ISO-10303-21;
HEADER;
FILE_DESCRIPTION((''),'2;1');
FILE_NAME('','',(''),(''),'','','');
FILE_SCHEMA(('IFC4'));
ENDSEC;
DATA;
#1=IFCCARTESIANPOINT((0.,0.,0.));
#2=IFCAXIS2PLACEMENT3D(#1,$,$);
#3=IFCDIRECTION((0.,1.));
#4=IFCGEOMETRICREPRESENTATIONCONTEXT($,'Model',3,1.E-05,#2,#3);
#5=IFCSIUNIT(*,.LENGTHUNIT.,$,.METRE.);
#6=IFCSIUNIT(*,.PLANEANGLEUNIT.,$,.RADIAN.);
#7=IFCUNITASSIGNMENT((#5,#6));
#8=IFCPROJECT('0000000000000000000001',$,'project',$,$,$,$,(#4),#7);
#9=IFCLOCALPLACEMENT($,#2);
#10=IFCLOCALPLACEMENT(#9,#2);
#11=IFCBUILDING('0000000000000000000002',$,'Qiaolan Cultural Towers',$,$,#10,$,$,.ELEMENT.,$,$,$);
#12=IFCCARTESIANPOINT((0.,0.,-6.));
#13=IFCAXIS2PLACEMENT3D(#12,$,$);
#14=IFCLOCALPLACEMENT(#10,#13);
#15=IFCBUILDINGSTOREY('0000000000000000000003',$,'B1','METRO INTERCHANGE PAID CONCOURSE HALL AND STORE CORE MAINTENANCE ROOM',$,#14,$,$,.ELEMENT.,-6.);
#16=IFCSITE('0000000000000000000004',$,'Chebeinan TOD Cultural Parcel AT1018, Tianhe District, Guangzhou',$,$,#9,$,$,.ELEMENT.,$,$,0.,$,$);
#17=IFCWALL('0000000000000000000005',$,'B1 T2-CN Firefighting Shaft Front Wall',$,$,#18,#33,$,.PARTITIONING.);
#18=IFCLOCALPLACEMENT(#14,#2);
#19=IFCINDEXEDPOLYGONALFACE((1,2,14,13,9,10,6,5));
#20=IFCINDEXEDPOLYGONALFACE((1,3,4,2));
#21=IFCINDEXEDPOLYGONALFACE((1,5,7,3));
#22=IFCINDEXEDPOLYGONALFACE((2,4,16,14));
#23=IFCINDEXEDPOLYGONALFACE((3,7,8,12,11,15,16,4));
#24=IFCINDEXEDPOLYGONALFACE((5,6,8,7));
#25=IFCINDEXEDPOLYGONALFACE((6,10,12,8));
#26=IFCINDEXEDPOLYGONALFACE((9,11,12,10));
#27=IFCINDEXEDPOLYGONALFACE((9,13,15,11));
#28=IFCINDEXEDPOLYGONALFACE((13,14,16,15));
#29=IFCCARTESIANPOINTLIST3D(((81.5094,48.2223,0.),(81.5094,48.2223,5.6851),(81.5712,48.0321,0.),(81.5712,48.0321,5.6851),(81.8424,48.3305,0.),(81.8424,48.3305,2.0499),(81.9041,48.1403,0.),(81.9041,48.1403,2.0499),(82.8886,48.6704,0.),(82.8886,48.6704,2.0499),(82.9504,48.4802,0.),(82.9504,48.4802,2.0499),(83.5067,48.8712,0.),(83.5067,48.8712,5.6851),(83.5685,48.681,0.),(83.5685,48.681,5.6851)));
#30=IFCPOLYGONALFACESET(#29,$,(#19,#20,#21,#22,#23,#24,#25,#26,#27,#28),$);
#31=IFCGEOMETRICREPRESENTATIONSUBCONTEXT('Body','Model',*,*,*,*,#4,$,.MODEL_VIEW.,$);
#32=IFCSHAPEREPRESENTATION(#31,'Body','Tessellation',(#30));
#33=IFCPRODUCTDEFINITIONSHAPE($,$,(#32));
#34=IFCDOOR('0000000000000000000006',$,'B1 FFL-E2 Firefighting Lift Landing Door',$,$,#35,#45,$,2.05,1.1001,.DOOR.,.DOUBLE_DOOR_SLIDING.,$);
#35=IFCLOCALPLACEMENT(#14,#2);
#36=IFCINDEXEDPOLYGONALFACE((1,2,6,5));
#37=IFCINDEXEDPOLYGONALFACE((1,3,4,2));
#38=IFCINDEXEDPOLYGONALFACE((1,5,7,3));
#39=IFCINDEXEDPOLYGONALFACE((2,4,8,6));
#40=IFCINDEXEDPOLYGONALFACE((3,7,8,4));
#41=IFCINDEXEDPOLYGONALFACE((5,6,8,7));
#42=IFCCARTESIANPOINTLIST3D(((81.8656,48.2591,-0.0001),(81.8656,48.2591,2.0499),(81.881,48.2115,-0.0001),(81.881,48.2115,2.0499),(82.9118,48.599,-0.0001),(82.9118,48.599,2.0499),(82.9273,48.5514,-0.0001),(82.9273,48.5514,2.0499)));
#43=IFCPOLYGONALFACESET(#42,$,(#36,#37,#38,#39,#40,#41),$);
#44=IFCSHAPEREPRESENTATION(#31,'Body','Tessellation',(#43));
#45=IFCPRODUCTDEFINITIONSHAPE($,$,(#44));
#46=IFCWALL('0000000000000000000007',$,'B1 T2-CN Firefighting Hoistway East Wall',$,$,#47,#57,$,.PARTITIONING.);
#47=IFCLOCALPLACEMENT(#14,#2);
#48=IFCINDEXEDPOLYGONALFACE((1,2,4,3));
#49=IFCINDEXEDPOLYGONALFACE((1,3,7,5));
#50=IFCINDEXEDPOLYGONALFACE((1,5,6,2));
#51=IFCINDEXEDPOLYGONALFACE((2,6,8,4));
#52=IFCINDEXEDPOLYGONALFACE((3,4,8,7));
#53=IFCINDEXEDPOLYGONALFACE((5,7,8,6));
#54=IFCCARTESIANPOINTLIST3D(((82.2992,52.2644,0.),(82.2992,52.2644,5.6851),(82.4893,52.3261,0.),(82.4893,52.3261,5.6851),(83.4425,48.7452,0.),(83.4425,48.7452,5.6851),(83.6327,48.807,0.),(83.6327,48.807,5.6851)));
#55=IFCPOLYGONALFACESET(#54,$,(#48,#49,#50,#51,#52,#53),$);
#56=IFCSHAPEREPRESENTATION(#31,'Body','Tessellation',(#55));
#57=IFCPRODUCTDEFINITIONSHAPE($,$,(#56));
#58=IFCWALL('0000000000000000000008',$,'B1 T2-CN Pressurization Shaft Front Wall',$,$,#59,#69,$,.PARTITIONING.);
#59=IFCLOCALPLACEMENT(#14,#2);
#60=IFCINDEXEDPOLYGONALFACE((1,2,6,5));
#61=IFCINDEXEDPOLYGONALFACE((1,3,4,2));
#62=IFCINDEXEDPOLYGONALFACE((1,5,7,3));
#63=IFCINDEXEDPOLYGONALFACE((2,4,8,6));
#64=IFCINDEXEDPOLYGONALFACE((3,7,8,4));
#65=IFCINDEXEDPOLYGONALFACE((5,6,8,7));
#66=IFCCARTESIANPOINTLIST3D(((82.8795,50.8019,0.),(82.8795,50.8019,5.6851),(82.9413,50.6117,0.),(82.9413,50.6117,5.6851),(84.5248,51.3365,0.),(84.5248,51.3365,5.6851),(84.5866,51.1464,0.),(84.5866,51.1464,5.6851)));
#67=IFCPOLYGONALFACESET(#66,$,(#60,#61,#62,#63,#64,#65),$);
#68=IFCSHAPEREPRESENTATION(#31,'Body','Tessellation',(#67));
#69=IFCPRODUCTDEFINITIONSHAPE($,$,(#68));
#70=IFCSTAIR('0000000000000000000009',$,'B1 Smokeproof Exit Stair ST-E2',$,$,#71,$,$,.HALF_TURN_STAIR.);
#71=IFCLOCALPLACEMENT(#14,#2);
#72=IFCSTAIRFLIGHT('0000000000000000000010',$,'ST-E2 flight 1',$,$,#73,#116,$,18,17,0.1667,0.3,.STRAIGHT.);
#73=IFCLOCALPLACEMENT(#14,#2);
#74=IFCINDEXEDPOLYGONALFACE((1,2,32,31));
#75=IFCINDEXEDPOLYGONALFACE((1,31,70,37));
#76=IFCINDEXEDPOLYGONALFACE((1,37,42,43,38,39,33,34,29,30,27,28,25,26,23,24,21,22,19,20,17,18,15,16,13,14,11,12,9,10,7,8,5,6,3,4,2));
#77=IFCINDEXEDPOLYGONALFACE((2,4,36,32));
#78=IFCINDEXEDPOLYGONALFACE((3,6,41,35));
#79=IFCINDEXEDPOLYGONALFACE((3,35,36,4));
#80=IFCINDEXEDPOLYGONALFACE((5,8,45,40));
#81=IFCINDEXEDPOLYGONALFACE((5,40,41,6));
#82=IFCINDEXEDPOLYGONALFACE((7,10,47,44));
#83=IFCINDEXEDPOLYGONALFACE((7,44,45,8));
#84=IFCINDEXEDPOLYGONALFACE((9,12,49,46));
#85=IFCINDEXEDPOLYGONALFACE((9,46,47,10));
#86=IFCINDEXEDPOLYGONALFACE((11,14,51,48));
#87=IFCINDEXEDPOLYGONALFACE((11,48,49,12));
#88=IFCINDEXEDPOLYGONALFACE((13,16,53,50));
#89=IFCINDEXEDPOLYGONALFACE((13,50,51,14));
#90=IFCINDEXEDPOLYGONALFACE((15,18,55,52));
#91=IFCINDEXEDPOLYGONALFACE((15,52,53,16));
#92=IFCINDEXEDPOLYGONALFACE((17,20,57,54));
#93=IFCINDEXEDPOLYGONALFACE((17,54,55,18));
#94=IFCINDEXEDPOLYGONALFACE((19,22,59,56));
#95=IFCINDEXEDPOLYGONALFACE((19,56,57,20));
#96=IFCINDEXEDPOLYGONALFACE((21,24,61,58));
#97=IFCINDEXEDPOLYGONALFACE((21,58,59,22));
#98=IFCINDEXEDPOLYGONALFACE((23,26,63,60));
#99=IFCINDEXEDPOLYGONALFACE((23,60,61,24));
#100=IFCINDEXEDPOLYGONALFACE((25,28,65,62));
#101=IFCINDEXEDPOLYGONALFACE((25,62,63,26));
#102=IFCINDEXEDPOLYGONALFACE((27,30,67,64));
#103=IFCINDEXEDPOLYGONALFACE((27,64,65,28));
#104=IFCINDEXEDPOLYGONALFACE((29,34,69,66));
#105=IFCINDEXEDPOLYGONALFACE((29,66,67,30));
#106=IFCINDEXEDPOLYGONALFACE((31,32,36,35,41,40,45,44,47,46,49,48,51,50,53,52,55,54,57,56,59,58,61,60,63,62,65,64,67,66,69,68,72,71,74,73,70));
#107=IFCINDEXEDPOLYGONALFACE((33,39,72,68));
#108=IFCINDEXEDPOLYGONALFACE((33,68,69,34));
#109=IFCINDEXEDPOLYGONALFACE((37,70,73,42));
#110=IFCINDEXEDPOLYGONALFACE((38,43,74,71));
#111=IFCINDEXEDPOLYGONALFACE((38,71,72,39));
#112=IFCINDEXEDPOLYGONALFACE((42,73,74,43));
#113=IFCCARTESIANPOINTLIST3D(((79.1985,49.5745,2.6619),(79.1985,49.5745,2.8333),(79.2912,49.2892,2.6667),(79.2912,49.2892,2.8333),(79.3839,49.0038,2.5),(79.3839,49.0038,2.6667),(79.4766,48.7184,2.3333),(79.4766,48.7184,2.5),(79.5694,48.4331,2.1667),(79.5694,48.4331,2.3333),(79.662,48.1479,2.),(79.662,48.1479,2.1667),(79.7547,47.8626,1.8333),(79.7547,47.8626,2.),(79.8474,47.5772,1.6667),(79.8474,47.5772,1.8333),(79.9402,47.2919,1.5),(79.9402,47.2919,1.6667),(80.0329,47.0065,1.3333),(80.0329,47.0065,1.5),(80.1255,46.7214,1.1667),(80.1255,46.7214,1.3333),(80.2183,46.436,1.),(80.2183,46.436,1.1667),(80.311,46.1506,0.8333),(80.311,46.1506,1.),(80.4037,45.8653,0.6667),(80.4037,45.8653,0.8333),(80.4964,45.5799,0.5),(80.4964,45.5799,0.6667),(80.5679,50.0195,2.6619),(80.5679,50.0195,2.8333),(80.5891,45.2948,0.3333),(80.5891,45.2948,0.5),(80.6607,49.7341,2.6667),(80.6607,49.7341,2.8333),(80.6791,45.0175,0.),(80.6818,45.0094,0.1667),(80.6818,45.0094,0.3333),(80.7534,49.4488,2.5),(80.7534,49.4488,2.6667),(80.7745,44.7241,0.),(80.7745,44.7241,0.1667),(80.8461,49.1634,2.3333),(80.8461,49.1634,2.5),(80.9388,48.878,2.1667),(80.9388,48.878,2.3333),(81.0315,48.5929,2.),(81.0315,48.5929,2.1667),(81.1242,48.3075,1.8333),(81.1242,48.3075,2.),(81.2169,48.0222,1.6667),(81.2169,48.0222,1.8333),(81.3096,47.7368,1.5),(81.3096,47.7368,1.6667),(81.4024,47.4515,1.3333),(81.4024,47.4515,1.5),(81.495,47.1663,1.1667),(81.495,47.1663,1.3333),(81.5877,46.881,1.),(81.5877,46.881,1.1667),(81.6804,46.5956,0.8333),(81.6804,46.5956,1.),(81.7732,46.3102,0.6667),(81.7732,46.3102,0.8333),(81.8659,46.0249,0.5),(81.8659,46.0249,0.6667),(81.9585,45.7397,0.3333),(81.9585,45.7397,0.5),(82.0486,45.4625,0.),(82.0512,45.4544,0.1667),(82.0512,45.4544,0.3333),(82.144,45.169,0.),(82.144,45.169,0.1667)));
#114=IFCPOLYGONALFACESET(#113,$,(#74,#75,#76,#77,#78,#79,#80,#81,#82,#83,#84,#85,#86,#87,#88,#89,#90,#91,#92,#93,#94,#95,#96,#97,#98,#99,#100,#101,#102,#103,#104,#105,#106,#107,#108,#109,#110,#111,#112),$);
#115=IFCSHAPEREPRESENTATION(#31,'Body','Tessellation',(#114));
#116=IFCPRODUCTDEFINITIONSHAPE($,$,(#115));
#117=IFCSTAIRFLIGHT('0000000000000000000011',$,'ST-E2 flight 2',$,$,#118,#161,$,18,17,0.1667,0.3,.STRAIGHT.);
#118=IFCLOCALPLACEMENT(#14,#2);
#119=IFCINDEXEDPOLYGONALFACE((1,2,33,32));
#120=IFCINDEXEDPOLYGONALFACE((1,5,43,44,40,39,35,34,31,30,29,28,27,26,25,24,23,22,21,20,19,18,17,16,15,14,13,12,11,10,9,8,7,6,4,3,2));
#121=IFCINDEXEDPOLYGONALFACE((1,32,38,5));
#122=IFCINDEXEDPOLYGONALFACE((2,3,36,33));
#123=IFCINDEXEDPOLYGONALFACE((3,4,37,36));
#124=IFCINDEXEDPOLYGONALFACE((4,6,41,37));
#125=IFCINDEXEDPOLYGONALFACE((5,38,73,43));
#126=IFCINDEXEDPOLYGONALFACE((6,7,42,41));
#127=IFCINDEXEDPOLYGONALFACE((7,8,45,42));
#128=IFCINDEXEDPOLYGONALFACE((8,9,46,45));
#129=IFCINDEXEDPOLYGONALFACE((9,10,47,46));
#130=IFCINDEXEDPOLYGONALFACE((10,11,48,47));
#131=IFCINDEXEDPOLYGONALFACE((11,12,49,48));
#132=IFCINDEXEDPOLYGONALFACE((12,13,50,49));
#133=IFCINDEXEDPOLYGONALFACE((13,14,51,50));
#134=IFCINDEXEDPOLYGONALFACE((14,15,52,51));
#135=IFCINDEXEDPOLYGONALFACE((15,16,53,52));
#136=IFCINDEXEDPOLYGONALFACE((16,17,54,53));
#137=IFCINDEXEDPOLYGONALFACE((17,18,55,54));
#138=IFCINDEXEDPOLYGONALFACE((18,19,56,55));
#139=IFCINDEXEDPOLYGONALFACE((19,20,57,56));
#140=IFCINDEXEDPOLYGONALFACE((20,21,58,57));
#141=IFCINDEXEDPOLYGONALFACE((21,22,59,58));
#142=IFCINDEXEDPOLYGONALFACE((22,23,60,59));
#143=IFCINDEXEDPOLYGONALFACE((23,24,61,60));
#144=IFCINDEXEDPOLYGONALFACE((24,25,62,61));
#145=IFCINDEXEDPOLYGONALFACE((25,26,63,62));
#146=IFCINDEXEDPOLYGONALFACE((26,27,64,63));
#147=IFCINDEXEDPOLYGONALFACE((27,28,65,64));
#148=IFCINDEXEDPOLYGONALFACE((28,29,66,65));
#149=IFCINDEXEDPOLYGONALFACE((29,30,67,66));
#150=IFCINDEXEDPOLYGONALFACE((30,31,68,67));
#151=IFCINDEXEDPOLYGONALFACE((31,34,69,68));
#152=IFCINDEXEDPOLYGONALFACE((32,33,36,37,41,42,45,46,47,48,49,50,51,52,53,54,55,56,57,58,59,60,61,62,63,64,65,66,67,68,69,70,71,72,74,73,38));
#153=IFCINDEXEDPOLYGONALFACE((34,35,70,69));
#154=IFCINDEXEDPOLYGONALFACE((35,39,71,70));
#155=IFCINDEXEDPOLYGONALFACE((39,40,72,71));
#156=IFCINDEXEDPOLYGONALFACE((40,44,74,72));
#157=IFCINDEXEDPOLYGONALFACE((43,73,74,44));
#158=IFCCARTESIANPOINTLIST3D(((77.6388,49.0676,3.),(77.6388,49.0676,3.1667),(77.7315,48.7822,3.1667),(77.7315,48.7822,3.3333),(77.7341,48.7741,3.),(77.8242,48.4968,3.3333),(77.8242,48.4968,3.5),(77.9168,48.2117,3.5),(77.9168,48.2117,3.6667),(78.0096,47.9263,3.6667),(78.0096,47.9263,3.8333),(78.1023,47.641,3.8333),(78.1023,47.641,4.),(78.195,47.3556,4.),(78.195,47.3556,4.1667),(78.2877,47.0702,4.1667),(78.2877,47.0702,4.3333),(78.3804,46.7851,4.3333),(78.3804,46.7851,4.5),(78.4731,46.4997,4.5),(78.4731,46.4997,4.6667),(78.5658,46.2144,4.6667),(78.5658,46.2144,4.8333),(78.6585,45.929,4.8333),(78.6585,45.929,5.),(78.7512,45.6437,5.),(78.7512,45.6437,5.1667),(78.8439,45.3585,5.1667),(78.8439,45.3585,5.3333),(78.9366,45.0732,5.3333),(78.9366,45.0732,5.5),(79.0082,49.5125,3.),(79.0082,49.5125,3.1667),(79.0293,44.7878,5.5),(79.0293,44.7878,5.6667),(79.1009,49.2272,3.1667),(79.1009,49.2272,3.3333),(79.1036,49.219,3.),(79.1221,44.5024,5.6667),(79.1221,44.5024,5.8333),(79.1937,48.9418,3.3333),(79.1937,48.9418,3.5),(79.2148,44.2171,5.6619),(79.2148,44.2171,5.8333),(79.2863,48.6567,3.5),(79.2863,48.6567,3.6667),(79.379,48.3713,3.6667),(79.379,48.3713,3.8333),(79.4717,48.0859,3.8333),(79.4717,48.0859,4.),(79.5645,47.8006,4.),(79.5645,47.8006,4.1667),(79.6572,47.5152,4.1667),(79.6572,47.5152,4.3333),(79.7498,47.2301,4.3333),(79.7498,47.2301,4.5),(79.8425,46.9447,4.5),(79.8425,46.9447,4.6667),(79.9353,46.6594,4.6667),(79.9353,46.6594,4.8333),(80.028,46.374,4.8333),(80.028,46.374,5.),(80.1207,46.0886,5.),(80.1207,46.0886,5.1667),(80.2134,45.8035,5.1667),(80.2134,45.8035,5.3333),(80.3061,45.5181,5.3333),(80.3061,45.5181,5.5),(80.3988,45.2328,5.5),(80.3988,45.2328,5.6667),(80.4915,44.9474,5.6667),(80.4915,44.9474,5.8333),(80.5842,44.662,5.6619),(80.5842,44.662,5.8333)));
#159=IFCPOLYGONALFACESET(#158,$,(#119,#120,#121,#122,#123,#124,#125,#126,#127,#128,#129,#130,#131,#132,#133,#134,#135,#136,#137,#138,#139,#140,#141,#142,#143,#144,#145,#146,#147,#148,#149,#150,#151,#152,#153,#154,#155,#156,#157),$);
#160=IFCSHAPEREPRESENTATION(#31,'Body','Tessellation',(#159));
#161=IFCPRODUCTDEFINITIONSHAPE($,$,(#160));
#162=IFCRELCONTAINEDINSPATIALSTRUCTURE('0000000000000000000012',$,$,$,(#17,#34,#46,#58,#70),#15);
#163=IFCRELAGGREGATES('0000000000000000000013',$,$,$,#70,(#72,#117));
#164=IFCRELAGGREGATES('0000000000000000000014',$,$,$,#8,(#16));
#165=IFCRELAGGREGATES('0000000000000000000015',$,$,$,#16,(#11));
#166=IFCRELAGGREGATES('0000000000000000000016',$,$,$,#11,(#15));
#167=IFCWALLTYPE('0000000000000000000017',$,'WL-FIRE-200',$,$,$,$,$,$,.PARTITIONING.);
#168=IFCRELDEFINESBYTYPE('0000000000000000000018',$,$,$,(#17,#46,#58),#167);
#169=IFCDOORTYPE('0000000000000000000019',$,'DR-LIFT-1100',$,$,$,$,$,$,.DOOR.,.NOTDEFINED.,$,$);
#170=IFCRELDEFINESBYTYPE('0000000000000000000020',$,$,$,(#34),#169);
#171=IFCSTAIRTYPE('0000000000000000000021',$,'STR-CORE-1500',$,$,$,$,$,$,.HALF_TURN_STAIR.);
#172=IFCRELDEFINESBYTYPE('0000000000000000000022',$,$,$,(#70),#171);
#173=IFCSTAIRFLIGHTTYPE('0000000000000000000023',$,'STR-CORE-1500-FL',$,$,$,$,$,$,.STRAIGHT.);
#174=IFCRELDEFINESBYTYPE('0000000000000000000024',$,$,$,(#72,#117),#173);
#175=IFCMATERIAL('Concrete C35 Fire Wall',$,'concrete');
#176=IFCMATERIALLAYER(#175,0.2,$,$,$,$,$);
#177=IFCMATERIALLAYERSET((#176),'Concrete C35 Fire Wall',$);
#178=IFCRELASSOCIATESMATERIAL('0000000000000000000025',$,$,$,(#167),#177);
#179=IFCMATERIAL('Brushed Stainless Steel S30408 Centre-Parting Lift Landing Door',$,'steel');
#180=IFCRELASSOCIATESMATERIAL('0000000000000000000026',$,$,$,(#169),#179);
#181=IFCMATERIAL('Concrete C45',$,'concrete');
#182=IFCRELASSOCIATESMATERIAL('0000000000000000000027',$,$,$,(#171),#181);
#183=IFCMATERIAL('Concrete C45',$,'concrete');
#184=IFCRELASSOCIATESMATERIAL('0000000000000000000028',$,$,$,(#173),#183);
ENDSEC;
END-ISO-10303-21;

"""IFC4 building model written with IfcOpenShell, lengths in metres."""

from ifc_helpers import new_model, si_unit, direction, frame, frame_2d, origin, place, context, subcontext, project, spatial, polyline, rectangle, outline, extrude, material, layer, layer_set, type_object, element, fill, aggregate, save


model = new_model("IFC4")

# Units and contexts
model_context = context("Model", 3, precision=1e-05, world=origin(), true_north=direction((0.0, 1.0)))
body_context = subcontext(model_context, "Body", "Model", "MODEL_VIEW")
ifc_project = project(units=[si_unit("LENGTHUNIT", "METRE"), si_unit("PLANEANGLEUNIT", "RADIAN")], contexts=[model_context])

# Site, building, storey
site_placement = place(None, origin())
site = spatial("IfcSite", under=ifc_project, at=site_placement, Name="Chebeinan TOD Cultural Parcel AT1018, Tianhe District, Guangzhou", CompositionType="ELEMENT", RefElevation=0.0)
building_placement = place(site_placement, origin())
building = spatial("IfcBuilding", under=site, at=building_placement, Name="Qiaolan Cultural Towers", CompositionType="ELEMENT")
storey_placement = place(building_placement, frame((0.0, 0.0, -6.0)))
storey = spatial("IfcBuildingStorey", under=building, at=storey_placement, Name="B1", Description="METRO INTERCHANGE PAID CONCOURSE HALL AND STORE CORE MAINTENANCE ROOM", CompositionType="ELEMENT", Elevation=-6.0)

# Wall, opening, door
ifc_material_1 = material(Name="Concrete C35 Fire Wall", Category="concrete")
ifc_layer_1 = layer(ifc_material_1, 0.2)
ifc_layer_set_1 = layer_set([ifc_layer_1], Name="Concrete C35 Fire Wall")
wall_type_1 = type_object("IfcWallType", Name="WL-FIRE-200", PredefinedType="PARTITIONING", material=ifc_layer_set_1)
wall_1_placement = place(storey_placement, frame((81.5403, 48.1272, 0.0), z_axis=(0.0, 0.0, 1.0), x_axis=(0.951062, 0.308999, 0.0)))
wall_1 = element("IfcWall", 1, at=wall_1_placement, inside=storey, type_object=wall_type_1, Name="B1 T2-CN Firefighting Shaft Front Wall", PredefinedType="PARTITIONING", context=body_context, shape_type="SweptSolid", body=[
    extrude(rectangle(XDim=2.1001, YDim=0.2, at=frame_2d((1.05, 0.0))), origin(), (0.0, 0.0, 1.0), 5.6851),
])
opening_placement = place(wall_1_placement, frame((0.3501, 0.0, 0.0)))
opening = element("IfcOpeningElement", 2, at=opening_placement, cuts=wall_1, PredefinedType="OPENING", context=body_context, shape_type="SweptSolid", body=[
    extrude(rectangle(XDim=1.1001, YDim=2.05, at=frame_2d((0.55, 1.0249))), frame((0.0, 0.1099, 0.0), z_axis=(0.0, -1.0, 0.0), x_axis=(1.0, 0.0, 0.0)), (0.0, 0.0, 1.0), 0.22),
])
ifc_material_2 = material(Name="Brushed Stainless Steel S30408 Centre-Parting Lift Landing Door", Category="steel")
door_type = type_object("IfcDoorType", Name="DR-LIFT-1100", OperationType="NOTDEFINED", PredefinedType="DOOR", material=ifc_material_2)
door_placement = place(opening_placement, origin())
door = element("IfcDoor", 3, at=door_placement, inside=storey, type_object=door_type, Name="B1 FFL-E2 Firefighting Lift Landing Door", OperationType="DOUBLE_DOOR_SLIDING", OverallHeight=2.05, OverallWidth=1.1001, PredefinedType="DOOR", context=body_context, shape_type="SweptSolid", body=[
    extrude(rectangle(XDim=1.1001, YDim=2.05, at=frame_2d((0.55, 1.0249))), frame((0.0, 0.0249, 0.0), z_axis=(0.0, -1.0, 0.0), x_axis=(1.0, 0.0, 0.0)), (0.0, 0.0, 1.0), 0.05),
])
fill(opening, door)

# Walls
wall_2_placement = place(storey_placement, frame((83.5376, 48.7761, 0.0), z_axis=(0.0, 0.0, 1.0), x_axis=(-0.308994, 0.951064, 0.0)))
element("IfcWall", 4, at=wall_2_placement, inside=storey, type_object=wall_type_1, Name="B1 T2-CN Firefighting Hoistway East Wall", PredefinedType="PARTITIONING", context=body_context, shape_type="SweptSolid", body=[
    extrude(rectangle(XDim=3.7002, YDim=0.2, at=frame_2d((1.8501, 0.0))), origin(), (0.0, 0.0, 1.0), 5.6851),
])
wall_3_placement = place(storey_placement, frame((82.9104, 50.7068, 0.0), z_axis=(0.0, 0.0, 1.0), x_axis=(0.951041, 0.309064, 0.0)))
element("IfcWall", 5, at=wall_3_placement, inside=storey, type_object=wall_type_1, Name="B1 T2-CN Pressurization Shaft Front Wall", PredefinedType="PARTITIONING", context=body_context, shape_type="SweptSolid", body=[
    extrude(rectangle(XDim=1.73, YDim=0.2, at=frame_2d((0.865, 0.0))), origin(), (0.0, 0.0, 1.0), 5.6851),
])

# Stair, stair flights
ifc_material_3 = material(Name="Concrete C45", Category="concrete")
stair_type = type_object("IfcStairType", Name="STR-CORE-1500", PredefinedType="HALF_TURN_STAIR", material=ifc_material_3)
stair_placement = place(storey_placement, origin())
stair = element("IfcStair", 6, at=stair_placement, inside=storey, type_object=stair_type, Name="B1 Smokeproof Exit Stair ST-E2", PredefinedType="HALF_TURN_STAIR")
ifc_material_4 = material(Name="Concrete C45", Category="concrete")
stair_flight_type = type_object("IfcStairFlightType", Name="STR-CORE-1500-FL", PredefinedType="STRAIGHT", material=ifc_material_4)
stair_flight_1_placement = place(storey_placement, frame((81.4592, 44.9465, 0.0), z_axis=(0.0, 0.0, 1.0), x_axis=(-0.309017, 0.951057, 0.0)))
stair_flight_1 = element("IfcStairFlight", 7, at=stair_flight_1_placement, type_object=stair_flight_type, Name="ST-E2 flight 1", NumberOfRisers=18, NumberOfTreads=17, PredefinedType="STRAIGHT", RiserHeight=0.1667, TreadLength=0.3, context=body_context, shape_type="SweptSolid", body=[
    extrude(outline(polyline([(0.0, 0.0), (0.0, 0.1667), (0.3, 0.1667), (0.3, 0.3333), (0.6001, 0.3333), (0.6001, 0.5), (0.8999, 0.5), (0.8999, 0.6667), (1.2, 0.6667), (1.2, 0.8333), (1.5, 0.8333), (1.5, 1.0), (1.8, 1.0), (1.8, 1.1667), (2.1001, 1.1667), (2.1001, 1.3333), (2.3999, 1.3333), (2.3999, 1.5), (2.7, 1.5), (2.7, 1.6667), (3.0, 1.6667), (3.0, 1.8333), (3.3, 1.8333), (3.3, 2.0), (3.6001, 2.0), (3.6001, 2.1667), (3.8999, 2.1667), (3.8999, 2.3333), (4.2, 2.3333), (4.2, 2.5), (4.5, 2.5), (4.5, 2.6667), (4.8, 2.6667), (4.8, 2.8333), (5.1001, 2.8333), (5.1001, 3.0), (5.1001, 2.6619), (0.3086, 0.0), (0.0, 0.0)])), frame((0.0, 0.72, 0.0), z_axis=(0.0, -1.0, 0.0), x_axis=(1.0, 0.0, 0.0)), (0.0, 0.0, 1.0), 1.4399),
])
stair_flight_2_placement = place(storey_placement, frame((78.3235, 49.29, 3.0), z_axis=(0.0, 0.0, 1.0), x_axis=(0.309017, -0.951057, 0.0)))
stair_flight_2 = element("IfcStairFlight", 8, at=stair_flight_2_placement, type_object=stair_flight_type, Name="ST-E2 flight 2", NumberOfRisers=18, NumberOfTreads=17, PredefinedType="STRAIGHT", RiserHeight=0.1667, TreadLength=0.3, context=body_context, shape_type="SweptSolid", body=[
    extrude(outline(polyline([(0.0, 0.0), (0.0, 0.1667), (0.3, 0.1667), (0.3, 0.3333), (0.6001, 0.3333), (0.6001, 0.5), (0.8999, 0.5), (0.8999, 0.6667), (1.2, 0.6667), (1.2, 0.8333), (1.5, 0.8333), (1.5, 1.0), (1.8, 1.0), (1.8, 1.1667), (2.1001, 1.1667), (2.1001, 1.3333), (2.3999, 1.3333), (2.3999, 1.5), (2.7, 1.5), (2.7, 1.6667), (3.0, 1.6667), (3.0, 1.8333), (3.3, 1.8333), (3.3, 2.0), (3.6001, 2.0), (3.6001, 2.1667), (3.8999, 2.1667), (3.8999, 2.3333), (4.2, 2.3333), (4.2, 2.5), (4.5, 2.5), (4.5, 2.6667), (4.8, 2.6667), (4.8, 2.8333), (5.1001, 2.8333), (5.1001, 3.0), (5.1001, 2.6619), (0.3086, 0.0), (0.0, 0.0)])), frame((0.0, 0.72, 0.0), z_axis=(0.0, -1.0, 0.0), x_axis=(1.0, 0.0, 0.0)), (0.0, 0.0, 1.0), 1.4399),
])
aggregate(stair, [stair_flight_1, stair_flight_2])

save(model, "model.ifc")
